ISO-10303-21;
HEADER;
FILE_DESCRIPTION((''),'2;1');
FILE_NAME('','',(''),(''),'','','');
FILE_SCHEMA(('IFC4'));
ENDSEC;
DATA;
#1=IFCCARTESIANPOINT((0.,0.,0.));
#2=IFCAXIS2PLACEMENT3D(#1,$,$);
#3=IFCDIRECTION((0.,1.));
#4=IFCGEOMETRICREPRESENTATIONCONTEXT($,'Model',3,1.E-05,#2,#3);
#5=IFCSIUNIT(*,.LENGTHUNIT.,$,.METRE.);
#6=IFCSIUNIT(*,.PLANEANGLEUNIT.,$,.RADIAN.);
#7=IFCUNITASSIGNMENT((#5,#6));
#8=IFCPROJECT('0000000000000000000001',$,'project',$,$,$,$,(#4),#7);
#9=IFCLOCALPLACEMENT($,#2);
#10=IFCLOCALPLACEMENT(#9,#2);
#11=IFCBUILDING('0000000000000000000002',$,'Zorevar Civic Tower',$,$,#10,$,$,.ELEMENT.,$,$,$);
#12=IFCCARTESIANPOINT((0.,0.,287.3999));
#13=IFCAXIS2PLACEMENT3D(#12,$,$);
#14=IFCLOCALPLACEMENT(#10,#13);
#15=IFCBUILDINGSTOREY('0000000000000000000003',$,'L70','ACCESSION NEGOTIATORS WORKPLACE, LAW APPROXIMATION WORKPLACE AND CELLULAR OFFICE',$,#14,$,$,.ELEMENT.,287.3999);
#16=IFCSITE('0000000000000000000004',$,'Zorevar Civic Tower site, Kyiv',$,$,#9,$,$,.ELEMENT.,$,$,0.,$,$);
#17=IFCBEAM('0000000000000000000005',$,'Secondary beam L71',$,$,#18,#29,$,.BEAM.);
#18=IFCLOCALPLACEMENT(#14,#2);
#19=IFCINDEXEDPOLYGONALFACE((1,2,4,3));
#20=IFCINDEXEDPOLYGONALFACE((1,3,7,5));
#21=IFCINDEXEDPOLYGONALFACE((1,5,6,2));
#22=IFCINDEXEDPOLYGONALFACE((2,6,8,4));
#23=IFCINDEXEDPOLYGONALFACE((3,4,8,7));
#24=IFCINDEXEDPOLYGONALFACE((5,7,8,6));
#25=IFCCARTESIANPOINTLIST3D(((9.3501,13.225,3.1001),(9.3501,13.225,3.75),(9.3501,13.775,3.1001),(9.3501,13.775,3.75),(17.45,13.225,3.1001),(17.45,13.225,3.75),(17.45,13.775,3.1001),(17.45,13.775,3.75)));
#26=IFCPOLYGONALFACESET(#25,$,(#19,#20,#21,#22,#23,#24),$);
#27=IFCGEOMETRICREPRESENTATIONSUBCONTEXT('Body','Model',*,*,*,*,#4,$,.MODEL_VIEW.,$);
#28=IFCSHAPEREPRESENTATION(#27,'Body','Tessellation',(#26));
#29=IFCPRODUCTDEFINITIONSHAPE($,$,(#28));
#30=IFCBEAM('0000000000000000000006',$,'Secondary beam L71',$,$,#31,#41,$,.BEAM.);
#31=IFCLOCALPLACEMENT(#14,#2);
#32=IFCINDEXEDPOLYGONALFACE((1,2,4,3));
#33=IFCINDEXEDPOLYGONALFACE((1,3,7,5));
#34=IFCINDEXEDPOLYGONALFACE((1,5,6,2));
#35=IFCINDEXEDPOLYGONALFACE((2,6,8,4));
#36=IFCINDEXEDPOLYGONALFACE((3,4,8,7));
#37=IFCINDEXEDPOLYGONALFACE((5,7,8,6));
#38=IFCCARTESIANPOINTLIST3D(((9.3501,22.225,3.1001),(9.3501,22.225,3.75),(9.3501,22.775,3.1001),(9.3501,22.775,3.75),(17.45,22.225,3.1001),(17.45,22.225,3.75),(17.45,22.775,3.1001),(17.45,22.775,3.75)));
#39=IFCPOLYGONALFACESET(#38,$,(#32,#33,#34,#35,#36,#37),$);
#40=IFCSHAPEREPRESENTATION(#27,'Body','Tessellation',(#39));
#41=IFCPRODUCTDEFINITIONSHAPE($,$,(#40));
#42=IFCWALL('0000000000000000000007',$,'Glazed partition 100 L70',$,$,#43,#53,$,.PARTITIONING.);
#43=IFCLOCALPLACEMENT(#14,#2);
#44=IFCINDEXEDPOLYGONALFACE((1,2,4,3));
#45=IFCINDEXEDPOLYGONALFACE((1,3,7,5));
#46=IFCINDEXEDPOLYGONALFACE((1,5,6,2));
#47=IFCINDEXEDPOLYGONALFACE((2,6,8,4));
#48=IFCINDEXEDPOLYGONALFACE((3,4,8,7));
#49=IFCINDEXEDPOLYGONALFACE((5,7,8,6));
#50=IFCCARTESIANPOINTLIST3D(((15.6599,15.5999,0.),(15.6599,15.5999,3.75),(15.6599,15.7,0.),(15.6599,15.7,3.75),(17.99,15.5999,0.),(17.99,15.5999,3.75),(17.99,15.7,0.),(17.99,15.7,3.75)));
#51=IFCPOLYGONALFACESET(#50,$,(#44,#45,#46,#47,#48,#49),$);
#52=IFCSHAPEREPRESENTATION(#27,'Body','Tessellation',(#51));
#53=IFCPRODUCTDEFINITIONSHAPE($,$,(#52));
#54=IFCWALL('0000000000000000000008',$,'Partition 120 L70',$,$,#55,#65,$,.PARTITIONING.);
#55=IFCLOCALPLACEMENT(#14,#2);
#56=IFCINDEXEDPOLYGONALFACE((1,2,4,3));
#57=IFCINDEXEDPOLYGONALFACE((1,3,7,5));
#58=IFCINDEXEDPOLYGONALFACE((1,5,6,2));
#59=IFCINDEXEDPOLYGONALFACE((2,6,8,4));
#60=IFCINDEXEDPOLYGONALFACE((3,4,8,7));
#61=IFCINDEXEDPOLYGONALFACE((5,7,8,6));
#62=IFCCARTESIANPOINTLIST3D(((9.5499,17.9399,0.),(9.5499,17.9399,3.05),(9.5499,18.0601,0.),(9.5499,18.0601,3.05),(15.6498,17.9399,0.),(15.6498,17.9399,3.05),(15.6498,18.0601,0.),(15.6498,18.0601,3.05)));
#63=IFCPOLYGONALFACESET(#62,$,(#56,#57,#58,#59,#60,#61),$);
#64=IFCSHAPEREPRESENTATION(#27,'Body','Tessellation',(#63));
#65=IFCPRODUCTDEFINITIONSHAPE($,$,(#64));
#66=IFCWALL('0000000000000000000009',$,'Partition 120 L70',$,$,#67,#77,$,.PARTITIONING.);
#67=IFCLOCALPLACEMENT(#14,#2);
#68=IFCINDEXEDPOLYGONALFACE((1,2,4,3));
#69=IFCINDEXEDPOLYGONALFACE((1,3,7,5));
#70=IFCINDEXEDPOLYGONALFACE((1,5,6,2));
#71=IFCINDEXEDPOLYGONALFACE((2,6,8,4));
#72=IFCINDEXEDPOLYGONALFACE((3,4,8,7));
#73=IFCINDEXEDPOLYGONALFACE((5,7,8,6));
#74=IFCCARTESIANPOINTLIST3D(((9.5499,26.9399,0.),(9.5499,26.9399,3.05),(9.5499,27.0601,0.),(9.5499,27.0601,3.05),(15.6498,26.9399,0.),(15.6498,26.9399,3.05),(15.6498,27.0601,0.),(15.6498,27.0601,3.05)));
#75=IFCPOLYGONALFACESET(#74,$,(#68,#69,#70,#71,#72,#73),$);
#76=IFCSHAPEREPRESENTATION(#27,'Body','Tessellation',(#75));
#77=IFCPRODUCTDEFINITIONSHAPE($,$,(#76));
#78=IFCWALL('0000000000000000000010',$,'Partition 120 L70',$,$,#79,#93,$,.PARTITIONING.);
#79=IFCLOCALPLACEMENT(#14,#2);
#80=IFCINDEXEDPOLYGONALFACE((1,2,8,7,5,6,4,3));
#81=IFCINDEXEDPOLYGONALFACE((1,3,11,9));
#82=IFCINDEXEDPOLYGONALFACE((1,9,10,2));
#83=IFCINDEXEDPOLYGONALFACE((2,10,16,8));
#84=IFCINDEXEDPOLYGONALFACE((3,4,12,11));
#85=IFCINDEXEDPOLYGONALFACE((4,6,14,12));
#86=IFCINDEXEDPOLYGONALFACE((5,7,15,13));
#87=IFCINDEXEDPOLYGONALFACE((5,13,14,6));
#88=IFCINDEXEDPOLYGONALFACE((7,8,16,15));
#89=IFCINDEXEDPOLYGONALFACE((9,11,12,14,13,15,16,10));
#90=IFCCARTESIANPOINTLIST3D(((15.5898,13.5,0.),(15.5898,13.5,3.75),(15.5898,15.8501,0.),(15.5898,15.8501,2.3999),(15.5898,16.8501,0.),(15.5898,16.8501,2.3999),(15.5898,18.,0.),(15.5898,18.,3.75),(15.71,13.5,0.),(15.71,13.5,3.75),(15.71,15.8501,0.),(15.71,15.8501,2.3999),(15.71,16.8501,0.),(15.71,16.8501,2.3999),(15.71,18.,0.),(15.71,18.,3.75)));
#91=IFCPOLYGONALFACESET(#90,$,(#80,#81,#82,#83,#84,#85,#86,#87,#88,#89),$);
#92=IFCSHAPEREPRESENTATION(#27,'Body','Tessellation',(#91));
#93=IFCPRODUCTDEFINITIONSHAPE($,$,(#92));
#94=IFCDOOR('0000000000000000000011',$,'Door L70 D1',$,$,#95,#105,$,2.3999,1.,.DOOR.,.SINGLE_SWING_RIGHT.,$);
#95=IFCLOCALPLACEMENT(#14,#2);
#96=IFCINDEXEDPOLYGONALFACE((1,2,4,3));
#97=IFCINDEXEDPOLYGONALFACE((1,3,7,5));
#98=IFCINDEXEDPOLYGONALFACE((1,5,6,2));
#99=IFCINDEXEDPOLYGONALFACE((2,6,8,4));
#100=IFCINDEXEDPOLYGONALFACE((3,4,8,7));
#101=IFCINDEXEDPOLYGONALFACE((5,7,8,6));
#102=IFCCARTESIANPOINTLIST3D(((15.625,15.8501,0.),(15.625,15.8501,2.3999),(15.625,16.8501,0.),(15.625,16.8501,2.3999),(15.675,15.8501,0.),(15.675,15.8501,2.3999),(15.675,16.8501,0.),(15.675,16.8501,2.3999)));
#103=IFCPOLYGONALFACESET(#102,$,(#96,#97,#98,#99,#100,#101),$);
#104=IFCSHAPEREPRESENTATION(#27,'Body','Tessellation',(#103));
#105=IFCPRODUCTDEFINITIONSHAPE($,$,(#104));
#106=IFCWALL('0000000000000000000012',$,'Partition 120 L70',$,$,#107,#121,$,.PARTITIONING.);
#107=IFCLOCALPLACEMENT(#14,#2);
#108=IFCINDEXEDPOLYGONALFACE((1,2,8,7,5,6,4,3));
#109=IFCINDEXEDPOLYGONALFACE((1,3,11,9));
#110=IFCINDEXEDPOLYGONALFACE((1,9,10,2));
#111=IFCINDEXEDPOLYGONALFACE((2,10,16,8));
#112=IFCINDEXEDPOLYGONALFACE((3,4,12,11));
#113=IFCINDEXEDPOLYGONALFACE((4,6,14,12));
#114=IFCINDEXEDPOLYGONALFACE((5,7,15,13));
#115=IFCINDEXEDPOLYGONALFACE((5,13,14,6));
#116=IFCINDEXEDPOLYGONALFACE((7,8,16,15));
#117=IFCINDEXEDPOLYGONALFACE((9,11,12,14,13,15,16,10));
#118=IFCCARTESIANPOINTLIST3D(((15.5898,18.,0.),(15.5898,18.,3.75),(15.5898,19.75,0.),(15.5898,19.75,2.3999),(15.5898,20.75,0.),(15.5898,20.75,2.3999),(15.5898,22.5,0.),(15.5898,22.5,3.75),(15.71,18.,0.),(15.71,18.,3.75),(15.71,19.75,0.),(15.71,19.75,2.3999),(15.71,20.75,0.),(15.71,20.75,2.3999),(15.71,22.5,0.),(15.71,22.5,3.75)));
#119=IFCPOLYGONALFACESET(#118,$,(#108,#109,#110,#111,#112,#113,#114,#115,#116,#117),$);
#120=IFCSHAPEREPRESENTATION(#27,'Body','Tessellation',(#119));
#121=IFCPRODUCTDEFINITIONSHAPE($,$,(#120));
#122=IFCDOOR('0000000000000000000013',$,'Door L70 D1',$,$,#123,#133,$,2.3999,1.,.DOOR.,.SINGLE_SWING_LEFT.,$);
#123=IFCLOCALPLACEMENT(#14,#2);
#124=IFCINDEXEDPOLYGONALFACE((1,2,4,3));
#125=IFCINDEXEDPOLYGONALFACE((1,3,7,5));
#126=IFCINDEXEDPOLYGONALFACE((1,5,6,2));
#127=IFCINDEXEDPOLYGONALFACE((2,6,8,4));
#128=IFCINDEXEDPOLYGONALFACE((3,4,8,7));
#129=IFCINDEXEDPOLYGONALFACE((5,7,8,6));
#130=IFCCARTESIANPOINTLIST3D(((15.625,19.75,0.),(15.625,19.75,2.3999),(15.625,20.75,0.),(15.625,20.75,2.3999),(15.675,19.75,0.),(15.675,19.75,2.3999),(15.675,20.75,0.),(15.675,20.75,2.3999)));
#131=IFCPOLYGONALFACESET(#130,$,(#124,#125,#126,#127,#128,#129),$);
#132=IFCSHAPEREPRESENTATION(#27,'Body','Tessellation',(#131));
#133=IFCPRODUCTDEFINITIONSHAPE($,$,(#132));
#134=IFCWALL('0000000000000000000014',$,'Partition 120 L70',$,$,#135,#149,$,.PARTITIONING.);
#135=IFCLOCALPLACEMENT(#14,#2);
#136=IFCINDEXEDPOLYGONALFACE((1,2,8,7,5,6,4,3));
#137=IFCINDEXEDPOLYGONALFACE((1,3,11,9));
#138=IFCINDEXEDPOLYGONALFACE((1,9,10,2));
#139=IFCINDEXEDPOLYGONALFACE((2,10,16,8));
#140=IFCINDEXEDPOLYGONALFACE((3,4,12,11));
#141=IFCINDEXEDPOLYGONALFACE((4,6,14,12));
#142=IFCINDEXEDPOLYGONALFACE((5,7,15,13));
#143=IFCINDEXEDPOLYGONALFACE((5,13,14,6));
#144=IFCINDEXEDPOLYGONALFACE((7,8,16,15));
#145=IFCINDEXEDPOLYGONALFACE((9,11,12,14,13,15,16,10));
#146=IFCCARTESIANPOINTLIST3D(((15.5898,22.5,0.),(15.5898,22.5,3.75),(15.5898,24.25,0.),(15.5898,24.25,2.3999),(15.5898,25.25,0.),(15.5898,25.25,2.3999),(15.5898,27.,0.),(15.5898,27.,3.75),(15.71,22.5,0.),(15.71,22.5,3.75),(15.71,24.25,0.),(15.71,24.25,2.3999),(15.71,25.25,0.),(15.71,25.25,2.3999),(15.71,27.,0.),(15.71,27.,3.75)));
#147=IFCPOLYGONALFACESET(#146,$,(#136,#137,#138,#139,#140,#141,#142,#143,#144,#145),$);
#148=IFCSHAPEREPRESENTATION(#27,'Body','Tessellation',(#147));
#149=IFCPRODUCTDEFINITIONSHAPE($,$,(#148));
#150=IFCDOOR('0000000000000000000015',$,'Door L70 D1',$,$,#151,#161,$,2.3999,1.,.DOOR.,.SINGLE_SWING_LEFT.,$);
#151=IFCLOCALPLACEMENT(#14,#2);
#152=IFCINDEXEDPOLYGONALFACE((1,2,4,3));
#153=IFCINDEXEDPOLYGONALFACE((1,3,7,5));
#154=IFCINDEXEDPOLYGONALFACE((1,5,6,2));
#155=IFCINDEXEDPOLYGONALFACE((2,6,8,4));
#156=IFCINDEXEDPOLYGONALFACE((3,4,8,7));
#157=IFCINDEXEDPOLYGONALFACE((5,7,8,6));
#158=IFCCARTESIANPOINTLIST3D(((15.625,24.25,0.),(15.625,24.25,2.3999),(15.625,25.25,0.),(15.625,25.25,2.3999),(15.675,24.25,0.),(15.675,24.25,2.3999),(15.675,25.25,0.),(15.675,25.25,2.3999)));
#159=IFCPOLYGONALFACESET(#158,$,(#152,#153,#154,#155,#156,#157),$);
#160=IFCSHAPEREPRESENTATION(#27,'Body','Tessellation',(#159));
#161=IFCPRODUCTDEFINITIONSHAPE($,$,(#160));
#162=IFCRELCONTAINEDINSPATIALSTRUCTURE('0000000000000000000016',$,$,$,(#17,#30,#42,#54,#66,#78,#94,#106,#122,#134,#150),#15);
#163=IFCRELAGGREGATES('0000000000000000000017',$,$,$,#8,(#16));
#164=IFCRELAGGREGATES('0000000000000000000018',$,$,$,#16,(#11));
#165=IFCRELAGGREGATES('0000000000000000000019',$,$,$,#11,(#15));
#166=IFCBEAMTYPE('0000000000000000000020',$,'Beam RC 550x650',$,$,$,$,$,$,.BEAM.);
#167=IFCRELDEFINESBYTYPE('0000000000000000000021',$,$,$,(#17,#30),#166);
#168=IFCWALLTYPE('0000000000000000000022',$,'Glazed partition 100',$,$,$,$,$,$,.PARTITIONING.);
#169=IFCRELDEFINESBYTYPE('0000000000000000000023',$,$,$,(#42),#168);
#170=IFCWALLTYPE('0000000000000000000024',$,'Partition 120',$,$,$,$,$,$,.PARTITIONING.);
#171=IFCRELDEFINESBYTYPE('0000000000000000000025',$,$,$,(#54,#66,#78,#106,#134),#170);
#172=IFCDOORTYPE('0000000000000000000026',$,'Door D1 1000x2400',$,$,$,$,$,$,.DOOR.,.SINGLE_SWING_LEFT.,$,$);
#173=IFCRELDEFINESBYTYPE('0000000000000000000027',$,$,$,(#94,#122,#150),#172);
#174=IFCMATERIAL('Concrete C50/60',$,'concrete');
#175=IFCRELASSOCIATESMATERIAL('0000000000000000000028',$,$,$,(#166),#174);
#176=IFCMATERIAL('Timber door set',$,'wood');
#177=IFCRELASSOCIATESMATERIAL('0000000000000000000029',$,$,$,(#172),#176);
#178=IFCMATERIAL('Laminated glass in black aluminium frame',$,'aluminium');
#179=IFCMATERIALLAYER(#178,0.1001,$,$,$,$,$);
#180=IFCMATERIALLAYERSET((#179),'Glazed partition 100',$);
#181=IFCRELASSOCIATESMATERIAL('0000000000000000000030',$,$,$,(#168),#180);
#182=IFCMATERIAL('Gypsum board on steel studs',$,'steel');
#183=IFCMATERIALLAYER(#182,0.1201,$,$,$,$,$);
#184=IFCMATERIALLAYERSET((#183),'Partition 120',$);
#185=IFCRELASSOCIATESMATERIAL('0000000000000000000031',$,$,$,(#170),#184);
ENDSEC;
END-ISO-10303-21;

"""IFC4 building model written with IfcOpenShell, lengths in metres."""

from ifc_helpers import new_model, si_unit, direction, frame, frame_2d, origin, origin_2d, place, context, subcontext, project, spatial, rectangle, extrude, material, layer, layer_set, material_profile, profile_set, type_object, element, fill, save


model = new_model("IFC4")

# Units and contexts
model_context = context("Model", 3, precision=1e-05, world=origin(), true_north=direction((0.0, 1.0)))
body_context = subcontext(model_context, "Body", "Model", "MODEL_VIEW")
ifc_project = project(units=[si_unit("LENGTHUNIT", "METRE"), si_unit("PLANEANGLEUNIT", "RADIAN")], contexts=[model_context])

# Site, building, storey
site_placement = place(None, origin())
site = spatial("IfcSite", under=ifc_project, at=site_placement, Name="Zorevar Civic Tower site, Kyiv", CompositionType="ELEMENT", RefElevation=0.0)
building_placement = place(site_placement, origin())
building = spatial("IfcBuilding", under=site, at=building_placement, Name="Zorevar Civic Tower", CompositionType="ELEMENT")
storey_placement = place(building_placement, frame((0.0, 0.0, 287.3999)))
storey = spatial("IfcBuildingStorey", under=building, at=storey_placement, Name="L70", Description="ACCESSION NEGOTIATORS WORKPLACE, LAW APPROXIMATION WORKPLACE AND CELLULAR OFFICE", CompositionType="ELEMENT", Elevation=287.3999)

# Beams
ifc_material_1 = material(Name="Concrete C50/60", Category="concrete")
ifc_material_profile = material_profile(ifc_material_1, rectangle(XDim=0.55, YDim=0.6499, at=origin_2d()), Name="RC 550x650")
ifc_profile_set = profile_set([ifc_material_profile], Name="Concrete C50/60")
beam_type = type_object("IfcBeamType", Name="Beam RC 550x650", PredefinedType="BEAM", material=ifc_profile_set)
for number, where, z_axis, x_axis, name in (
    (1, (9.3501, 13.5, 3.425), (1.0, 0.0, 0.0), (0.0, 1.0, 0.0), "Secondary beam L71"),
    (2, (9.3501, 22.5, 3.425), (1.0, 0.0, 0.0), (0.0, 1.0, 0.0), "Secondary beam L71"),
):
    element("IfcBeam", number, at=place(storey_placement, frame(where, z_axis=z_axis, x_axis=x_axis)), inside=storey, type_object=beam_type, Name=name, PredefinedType="BEAM", context=body_context, shape_type="SweptSolid", body=[
        extrude(rectangle(XDim=0.55, YDim=0.6499, at=origin_2d()), origin(), (0.0, 0.0, 1.0), 8.0999),
    ])

# Shared definitions
ifc_material_2 = material(Name="Timber door set", Category="wood")
door_type_1 = type_object("IfcDoorType", Name="Door D1 1000x2400", OperationType="SINGLE_SWING_LEFT", PredefinedType="DOOR", material=ifc_material_2)

# Walls
ifc_material_3 = material(Name="Laminated glass in black aluminium frame", Category="aluminium")
ifc_layer_1 = layer(ifc_material_3, 0.1001)
ifc_layer_set_1 = layer_set([ifc_layer_1], Name="Glazed partition 100")
wall_type_1 = type_object("IfcWallType", Name="Glazed partition 100", PredefinedType="PARTITIONING", material=ifc_layer_set_1)
wall_1_placement = place(storey_placement, frame((15.6599, 15.6499, 0.0), z_axis=(0.0, 0.0, 1.0), x_axis=(1.0, 0.0, 0.0)))
element("IfcWall", 3, at=wall_1_placement, inside=storey, type_object=wall_type_1, Name="Glazed partition 100 L70", PredefinedType="PARTITIONING", context=body_context, shape_type="SweptSolid", body=[
    extrude(rectangle(XDim=2.3301, YDim=0.1001, at=frame_2d((1.165, 0.0))), origin(), (0.0, 0.0, 1.0), 3.75),
])
ifc_material_4 = material(Name="Gypsum board on steel studs", Category="steel")
ifc_layer_2 = layer(ifc_material_4, 0.1201)
ifc_layer_set_2 = layer_set([ifc_layer_2], Name="Partition 120")
wall_type_2 = type_object("IfcWallType", Name="Partition 120", PredefinedType="PARTITIONING", material=ifc_layer_set_2)
for number, where, z_axis, x_axis, name in (
    (4, (9.55, 18.0, 0.0), (0.0, 0.0, 1.0), (1.0, 0.0, 0.0), "Partition 120 L70"),
    (5, (9.55, 27.0, 0.0), (0.0, 0.0, 1.0), (1.0, 0.0, 0.0), "Partition 120 L70"),
):
    element("IfcWall", number, at=place(storey_placement, frame(where, z_axis=z_axis, x_axis=x_axis)), inside=storey, type_object=wall_type_2, Name=name, PredefinedType="PARTITIONING", context=body_context, shape_type="SweptSolid", body=[
        extrude(rectangle(XDim=6.0999, YDim=0.1201, at=frame_2d((3.0498, 0.0))), origin(), (0.0, 0.0, 1.0), 3.05),
    ])

# Walls, openings, doors
wall_2_placement = place(storey_placement, frame((15.6499, 13.5, 0.0), z_axis=(0.0, 0.0, 1.0), x_axis=(0.0, 1.0, 0.0)))
wall_2 = element("IfcWall", 6, at=wall_2_placement, inside=storey, type_object=wall_type_2, Name="Partition 120 L70", PredefinedType="PARTITIONING", context=body_context, shape_type="SweptSolid", body=[
    extrude(rectangle(XDim=4.5, YDim=0.1201, at=frame_2d((2.25, 0.0))), origin(), (0.0, 0.0, 1.0), 3.75),
])
opening_1_placement = place(wall_2_placement, frame((2.3501, 0.0, 0.0)))
opening_1 = element("IfcOpeningElement", 7, at=opening_1_placement, cuts=wall_2, PredefinedType="OPENING", context=body_context, shape_type="SweptSolid", body=[
    extrude(rectangle(XDim=1.0, YDim=2.3999, at=frame_2d((0.5, 1.2))), frame((0.0, 0.0701, 0.0), z_axis=(0.0, -1.0, 0.0), x_axis=(1.0, 0.0, 0.0)), (0.0, 0.0, 1.0), 0.1401),
])
door_1_placement = place(opening_1_placement, origin())
door_1 = element("IfcDoor", 8, at=door_1_placement, inside=storey, type_object=door_type_1, Name="Door L70 D1", OperationType="SINGLE_SWING_RIGHT", OverallHeight=2.3999, OverallWidth=1.0, PredefinedType="DOOR", context=body_context, shape_type="SweptSolid", body=[
    extrude(rectangle(XDim=1.0, YDim=2.3999, at=frame_2d((0.5, 1.2))), frame((0.0, 0.0249, 0.0), z_axis=(0.0, -1.0, 0.0), x_axis=(1.0, 0.0, 0.0)), (0.0, 0.0, 1.0), 0.05),
])
fill(opening_1, door_1)
wall_3_placement = place(storey_placement, frame((15.6499, 18.0, 0.0), z_axis=(0.0, 0.0, 1.0), x_axis=(0.0, 1.0, 0.0)))
wall_3 = element("IfcWall", 9, at=wall_3_placement, inside=storey, type_object=wall_type_2, Name="Partition 120 L70", PredefinedType="PARTITIONING", context=body_context, shape_type="SweptSolid", body=[
    extrude(rectangle(XDim=4.5, YDim=0.1201, at=frame_2d((2.25, 0.0))), origin(), (0.0, 0.0, 1.0), 3.75),
])
opening_2_placement = place(wall_3_placement, frame((1.75, 0.0, 0.0)))
opening_2 = element("IfcOpeningElement", 10, at=opening_2_placement, cuts=wall_3, PredefinedType="OPENING", context=body_context, shape_type="SweptSolid", body=[
    extrude(rectangle(XDim=1.0, YDim=2.3999, at=frame_2d((0.5, 1.2))), frame((0.0, 0.0701, 0.0), z_axis=(0.0, -1.0, 0.0), x_axis=(1.0, 0.0, 0.0)), (0.0, 0.0, 1.0), 0.1401),
])
door_2_placement = place(opening_2_placement, origin())
door_2 = element("IfcDoor", 11, at=door_2_placement, inside=storey, type_object=door_type_1, Name="Door L70 D1", OperationType="SINGLE_SWING_LEFT", OverallHeight=2.3999, OverallWidth=1.0, PredefinedType="DOOR", context=body_context, shape_type="SweptSolid", body=[
    extrude(rectangle(XDim=1.0, YDim=2.3999, at=frame_2d((0.5, 1.2))), frame((0.0, 0.0249, 0.0), z_axis=(0.0, -1.0, 0.0), x_axis=(1.0, 0.0, 0.0)), (0.0, 0.0, 1.0), 0.05),
])
fill(opening_2, door_2)
wall_4_placement = place(storey_placement, frame((15.6499, 22.5, 0.0), z_axis=(0.0, 0.0, 1.0), x_axis=(0.0, 1.0, 0.0)))
wall_4 = element("IfcWall", 12, at=wall_4_placement, inside=storey, type_object=wall_type_2, Name="Partition 120 L70", PredefinedType="PARTITIONING", context=body_context, shape_type="SweptSolid", body=[
    extrude(rectangle(XDim=4.5, YDim=0.1201, at=frame_2d((2.25, 0.0))), origin(), (0.0, 0.0, 1.0), 3.75),
])
opening_3_placement = place(wall_4_placement, frame((1.75, 0.0, 0.0)))
opening_3 = element("IfcOpeningElement", 13, at=opening_3_placement, cuts=wall_4, PredefinedType="OPENING", context=body_context, shape_type="SweptSolid", body=[
    extrude(rectangle(XDim=1.0, YDim=2.3999, at=frame_2d((0.5, 1.2))), frame((0.0, 0.0701, 0.0), z_axis=(0.0, -1.0, 0.0), x_axis=(1.0, 0.0, 0.0)), (0.0, 0.0, 1.0), 0.1401),
])
door_3_placement = place(opening_3_placement, origin())
door_3 = element("IfcDoor", 14, at=door_3_placement, inside=storey, type_object=door_type_1, Name="Door L70 D1", OperationType="SINGLE_SWING_LEFT", OverallHeight=2.3999, OverallWidth=1.0, PredefinedType="DOOR", context=body_context, shape_type="SweptSolid", body=[
    extrude(rectangle(XDim=1.0, YDim=2.3999, at=frame_2d((0.5, 1.2))), frame((0.0, 0.0249, 0.0), z_axis=(0.0, -1.0, 0.0), x_axis=(1.0, 0.0, 0.0)), (0.0, 0.0, 1.0), 0.05),
])
fill(opening_3, door_3)

save(model, "model.ifc")
